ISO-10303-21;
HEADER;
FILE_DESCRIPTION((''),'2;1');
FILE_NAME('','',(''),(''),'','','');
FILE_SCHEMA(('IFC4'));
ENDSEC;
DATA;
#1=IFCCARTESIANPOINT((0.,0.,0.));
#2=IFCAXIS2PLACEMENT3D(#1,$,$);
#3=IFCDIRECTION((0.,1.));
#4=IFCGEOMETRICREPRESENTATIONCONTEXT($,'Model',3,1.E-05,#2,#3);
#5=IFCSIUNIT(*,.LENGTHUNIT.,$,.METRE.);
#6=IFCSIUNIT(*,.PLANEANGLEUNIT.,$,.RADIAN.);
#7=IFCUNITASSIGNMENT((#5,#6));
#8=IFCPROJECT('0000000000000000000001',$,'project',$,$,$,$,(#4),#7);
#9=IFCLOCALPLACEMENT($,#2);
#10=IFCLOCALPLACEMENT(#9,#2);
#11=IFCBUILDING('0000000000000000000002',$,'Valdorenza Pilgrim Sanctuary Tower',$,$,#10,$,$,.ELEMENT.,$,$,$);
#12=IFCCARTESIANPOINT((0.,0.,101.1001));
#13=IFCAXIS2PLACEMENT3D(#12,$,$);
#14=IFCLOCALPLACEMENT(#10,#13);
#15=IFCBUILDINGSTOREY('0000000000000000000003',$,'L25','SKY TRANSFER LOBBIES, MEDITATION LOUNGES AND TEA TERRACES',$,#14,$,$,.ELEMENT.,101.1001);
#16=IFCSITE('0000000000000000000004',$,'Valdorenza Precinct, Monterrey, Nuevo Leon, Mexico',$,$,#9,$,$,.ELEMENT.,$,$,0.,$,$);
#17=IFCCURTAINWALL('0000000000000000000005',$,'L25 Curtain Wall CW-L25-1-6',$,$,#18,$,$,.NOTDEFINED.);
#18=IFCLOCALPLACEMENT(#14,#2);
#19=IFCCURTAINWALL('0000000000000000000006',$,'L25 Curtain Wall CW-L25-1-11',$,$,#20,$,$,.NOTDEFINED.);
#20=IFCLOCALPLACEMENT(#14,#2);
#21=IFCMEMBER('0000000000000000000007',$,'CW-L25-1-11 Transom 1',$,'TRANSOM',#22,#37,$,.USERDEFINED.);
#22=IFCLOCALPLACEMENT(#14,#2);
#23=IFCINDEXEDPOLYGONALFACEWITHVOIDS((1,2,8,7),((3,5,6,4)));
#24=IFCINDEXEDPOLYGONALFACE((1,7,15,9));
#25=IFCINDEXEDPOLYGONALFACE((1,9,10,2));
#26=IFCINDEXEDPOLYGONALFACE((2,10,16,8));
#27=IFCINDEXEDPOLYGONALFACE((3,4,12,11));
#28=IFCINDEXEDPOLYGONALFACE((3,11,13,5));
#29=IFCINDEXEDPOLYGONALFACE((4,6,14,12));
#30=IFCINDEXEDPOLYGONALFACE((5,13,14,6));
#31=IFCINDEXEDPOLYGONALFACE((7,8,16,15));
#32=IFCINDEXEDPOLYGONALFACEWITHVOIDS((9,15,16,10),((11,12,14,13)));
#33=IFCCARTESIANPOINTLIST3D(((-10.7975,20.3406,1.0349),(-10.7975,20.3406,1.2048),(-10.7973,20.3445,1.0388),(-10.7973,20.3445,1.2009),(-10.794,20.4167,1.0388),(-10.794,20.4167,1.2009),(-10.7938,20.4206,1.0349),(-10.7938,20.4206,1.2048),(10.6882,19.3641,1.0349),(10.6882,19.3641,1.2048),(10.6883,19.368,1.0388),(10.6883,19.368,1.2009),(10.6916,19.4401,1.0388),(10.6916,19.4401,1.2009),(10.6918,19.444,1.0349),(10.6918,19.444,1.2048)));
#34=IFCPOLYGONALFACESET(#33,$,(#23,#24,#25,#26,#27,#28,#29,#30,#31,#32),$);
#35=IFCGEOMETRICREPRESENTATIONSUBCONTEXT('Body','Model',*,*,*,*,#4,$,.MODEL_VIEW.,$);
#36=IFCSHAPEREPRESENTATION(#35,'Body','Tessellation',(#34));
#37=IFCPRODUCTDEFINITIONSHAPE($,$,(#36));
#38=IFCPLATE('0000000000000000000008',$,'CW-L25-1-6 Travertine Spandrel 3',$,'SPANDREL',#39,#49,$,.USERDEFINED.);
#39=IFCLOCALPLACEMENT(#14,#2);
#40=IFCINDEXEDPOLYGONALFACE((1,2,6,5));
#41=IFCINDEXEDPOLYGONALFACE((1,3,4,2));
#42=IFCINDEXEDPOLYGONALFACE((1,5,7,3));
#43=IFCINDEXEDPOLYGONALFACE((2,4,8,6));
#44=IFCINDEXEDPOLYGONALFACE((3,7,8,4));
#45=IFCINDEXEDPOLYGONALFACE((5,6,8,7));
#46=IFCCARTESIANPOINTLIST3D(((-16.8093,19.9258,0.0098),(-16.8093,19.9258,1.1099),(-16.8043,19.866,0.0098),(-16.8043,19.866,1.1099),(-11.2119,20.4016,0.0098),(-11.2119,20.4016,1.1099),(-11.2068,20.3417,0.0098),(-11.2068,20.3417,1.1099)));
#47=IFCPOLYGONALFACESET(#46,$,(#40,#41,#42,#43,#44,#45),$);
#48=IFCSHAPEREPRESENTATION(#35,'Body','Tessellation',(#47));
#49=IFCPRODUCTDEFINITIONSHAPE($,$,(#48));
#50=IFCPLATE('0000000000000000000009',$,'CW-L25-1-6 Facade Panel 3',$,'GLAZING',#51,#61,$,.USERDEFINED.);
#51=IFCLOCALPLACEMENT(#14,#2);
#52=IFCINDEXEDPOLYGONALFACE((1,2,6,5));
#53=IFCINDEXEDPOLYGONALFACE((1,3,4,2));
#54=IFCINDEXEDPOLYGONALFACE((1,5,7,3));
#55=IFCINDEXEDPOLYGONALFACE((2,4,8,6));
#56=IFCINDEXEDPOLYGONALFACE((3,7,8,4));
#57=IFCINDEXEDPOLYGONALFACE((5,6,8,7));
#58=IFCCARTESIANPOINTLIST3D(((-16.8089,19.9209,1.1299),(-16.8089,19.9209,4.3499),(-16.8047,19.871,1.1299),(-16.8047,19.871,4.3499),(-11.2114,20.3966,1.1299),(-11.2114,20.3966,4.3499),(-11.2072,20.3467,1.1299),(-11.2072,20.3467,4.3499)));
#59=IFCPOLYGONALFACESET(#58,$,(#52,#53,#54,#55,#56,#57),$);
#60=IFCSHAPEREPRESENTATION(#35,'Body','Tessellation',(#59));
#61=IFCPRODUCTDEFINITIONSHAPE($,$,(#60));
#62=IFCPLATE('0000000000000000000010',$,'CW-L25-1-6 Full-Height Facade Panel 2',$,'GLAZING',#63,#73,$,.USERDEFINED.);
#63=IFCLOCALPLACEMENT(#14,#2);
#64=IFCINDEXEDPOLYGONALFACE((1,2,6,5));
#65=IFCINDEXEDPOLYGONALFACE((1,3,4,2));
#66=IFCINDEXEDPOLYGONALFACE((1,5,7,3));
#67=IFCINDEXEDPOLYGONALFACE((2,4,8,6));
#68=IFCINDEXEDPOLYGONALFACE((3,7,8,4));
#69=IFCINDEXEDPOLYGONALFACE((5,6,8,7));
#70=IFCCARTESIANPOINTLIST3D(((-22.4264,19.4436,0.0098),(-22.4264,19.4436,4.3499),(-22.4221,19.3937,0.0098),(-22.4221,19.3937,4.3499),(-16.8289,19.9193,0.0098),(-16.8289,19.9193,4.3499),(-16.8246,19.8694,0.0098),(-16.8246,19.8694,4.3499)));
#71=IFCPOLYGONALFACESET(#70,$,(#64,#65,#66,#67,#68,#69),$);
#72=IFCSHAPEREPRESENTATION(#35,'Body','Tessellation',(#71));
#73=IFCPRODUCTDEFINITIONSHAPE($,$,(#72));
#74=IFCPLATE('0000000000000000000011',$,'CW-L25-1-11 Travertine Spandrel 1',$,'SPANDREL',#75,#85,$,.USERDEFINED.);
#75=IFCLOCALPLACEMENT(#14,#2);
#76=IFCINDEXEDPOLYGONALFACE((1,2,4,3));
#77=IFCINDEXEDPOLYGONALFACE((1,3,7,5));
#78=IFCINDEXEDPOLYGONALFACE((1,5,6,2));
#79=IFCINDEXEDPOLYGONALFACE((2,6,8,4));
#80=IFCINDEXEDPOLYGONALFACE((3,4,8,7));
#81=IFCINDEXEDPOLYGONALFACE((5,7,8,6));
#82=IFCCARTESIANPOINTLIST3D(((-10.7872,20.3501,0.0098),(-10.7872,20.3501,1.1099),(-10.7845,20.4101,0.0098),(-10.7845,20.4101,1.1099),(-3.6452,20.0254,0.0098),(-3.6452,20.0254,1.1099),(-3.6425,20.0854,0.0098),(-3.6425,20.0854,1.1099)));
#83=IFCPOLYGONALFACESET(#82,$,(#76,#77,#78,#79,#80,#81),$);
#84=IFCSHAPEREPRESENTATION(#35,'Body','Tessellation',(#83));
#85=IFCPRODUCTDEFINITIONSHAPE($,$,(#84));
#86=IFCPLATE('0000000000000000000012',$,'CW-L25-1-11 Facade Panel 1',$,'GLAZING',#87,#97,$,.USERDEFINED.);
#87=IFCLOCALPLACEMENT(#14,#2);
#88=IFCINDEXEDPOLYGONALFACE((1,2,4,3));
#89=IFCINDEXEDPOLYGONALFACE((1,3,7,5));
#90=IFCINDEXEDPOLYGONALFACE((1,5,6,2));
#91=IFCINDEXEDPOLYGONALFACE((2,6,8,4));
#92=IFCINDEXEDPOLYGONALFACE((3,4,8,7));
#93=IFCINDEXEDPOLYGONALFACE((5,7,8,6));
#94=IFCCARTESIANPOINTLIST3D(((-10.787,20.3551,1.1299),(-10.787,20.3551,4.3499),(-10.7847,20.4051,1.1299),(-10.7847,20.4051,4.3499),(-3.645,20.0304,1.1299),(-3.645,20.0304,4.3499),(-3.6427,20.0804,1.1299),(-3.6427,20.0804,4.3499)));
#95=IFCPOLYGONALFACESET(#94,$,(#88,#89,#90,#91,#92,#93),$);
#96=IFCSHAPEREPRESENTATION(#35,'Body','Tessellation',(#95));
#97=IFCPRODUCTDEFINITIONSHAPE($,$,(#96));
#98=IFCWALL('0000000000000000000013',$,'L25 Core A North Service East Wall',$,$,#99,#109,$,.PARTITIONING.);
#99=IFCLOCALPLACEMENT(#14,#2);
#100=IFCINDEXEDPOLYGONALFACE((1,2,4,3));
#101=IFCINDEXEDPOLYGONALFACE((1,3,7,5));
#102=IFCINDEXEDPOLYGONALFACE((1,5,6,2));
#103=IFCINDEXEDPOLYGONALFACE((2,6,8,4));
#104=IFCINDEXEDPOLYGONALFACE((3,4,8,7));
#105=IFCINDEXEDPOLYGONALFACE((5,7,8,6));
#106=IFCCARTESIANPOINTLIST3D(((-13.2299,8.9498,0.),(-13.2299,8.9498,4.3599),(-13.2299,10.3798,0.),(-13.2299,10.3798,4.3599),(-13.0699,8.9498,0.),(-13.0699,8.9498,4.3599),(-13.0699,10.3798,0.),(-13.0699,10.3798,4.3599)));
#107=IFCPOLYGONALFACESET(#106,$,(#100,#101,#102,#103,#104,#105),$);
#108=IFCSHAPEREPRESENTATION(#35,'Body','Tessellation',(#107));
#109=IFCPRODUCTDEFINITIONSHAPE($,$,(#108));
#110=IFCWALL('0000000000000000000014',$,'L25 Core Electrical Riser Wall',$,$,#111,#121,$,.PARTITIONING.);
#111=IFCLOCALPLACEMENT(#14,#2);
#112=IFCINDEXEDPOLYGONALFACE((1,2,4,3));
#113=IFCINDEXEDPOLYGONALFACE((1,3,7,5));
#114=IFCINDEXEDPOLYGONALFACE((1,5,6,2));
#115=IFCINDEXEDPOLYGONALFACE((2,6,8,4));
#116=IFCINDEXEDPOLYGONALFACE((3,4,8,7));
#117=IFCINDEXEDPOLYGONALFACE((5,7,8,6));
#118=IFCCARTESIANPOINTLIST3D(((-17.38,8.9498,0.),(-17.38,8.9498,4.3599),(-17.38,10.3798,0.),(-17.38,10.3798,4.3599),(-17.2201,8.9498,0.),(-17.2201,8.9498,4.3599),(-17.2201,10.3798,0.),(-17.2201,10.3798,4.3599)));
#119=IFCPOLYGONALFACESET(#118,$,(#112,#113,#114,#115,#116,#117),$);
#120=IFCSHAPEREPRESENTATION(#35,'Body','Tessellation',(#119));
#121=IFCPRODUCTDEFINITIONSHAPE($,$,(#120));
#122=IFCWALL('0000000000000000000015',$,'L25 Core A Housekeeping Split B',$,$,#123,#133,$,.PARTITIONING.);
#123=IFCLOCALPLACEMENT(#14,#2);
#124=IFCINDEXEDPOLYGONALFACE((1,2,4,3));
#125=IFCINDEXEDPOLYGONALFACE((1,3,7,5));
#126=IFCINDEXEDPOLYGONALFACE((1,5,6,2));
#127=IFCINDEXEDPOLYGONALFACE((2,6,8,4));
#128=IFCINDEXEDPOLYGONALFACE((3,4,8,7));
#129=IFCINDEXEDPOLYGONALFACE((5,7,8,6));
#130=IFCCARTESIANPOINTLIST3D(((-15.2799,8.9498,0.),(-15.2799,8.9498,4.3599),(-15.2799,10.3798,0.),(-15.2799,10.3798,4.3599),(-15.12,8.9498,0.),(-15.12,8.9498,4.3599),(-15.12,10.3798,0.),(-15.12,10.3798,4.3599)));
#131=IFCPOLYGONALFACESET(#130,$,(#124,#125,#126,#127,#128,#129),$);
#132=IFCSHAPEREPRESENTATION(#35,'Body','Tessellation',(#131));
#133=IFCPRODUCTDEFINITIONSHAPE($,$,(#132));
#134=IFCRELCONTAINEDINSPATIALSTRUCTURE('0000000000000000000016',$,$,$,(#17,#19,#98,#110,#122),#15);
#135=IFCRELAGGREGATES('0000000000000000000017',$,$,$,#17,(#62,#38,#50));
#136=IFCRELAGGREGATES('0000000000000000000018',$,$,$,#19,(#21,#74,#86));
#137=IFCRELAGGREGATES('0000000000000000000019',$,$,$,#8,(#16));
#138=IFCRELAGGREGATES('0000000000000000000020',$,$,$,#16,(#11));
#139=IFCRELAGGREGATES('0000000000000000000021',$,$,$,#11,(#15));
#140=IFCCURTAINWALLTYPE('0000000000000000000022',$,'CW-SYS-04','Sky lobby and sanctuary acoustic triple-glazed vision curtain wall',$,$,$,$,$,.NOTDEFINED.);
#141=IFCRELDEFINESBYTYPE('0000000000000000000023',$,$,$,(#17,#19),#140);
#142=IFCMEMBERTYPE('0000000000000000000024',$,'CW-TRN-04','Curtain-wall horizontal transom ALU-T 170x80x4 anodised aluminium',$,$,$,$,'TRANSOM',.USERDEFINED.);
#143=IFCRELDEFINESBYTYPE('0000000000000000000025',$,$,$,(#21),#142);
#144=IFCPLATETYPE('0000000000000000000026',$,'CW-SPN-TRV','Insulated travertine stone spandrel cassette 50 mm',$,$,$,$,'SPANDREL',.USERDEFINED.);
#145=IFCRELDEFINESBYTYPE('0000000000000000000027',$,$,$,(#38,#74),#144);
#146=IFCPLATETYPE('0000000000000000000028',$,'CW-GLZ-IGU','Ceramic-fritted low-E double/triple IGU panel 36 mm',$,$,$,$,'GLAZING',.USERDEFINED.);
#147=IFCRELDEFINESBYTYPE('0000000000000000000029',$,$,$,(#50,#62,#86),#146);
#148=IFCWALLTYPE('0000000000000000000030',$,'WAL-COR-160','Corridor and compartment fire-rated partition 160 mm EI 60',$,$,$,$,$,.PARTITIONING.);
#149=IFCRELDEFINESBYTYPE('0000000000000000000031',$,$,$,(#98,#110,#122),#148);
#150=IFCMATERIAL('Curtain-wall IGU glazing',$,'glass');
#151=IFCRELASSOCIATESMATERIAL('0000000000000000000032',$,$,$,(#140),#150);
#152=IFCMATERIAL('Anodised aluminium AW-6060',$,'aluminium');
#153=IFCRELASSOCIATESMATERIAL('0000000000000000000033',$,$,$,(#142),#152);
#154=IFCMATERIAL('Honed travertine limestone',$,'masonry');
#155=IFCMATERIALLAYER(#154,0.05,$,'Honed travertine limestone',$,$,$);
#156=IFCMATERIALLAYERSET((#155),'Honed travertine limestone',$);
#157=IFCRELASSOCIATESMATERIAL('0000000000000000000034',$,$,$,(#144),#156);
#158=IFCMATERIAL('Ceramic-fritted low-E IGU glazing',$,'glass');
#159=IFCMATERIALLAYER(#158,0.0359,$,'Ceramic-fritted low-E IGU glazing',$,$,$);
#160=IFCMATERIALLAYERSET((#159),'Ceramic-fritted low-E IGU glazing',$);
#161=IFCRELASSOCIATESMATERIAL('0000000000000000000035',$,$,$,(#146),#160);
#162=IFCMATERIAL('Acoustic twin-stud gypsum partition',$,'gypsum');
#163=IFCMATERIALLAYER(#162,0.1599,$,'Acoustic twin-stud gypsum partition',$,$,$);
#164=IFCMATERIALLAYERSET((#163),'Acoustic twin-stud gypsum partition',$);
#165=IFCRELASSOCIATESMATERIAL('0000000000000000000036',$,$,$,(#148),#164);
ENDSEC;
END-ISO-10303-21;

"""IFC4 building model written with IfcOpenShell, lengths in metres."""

from ifc_helpers import new_model, si_unit, direction, frame, frame_2d, origin, origin_2d, place, context, subcontext, project, spatial, rectangle, hollow_rectangle, extrude, source, transform, mapped, material, layer, layer_set, material_profile, profile_set, type_object, element, aggregate, save


model = new_model("IFC4")

# Units and contexts
model_context = context("Model", 3, precision=1e-05, world=origin(), true_north=direction((0.0, 1.0)))
body_context = subcontext(model_context, "Body", "Model", "MODEL_VIEW")
ifc_project = project(units=[si_unit("LENGTHUNIT", "METRE"), si_unit("PLANEANGLEUNIT", "RADIAN")], contexts=[model_context])

# Site, building, storey
site_placement = place(None, origin())
site = spatial("IfcSite", under=ifc_project, at=site_placement, Name="Valdorenza Precinct, Monterrey, Nuevo Leon, Mexico", CompositionType="ELEMENT", RefElevation=0.0)
building_placement = place(site_placement, origin())
building = spatial("IfcBuilding", under=site, at=building_placement, Name="Valdorenza Pilgrim Sanctuary Tower", CompositionType="ELEMENT")
storey_placement = place(building_placement, frame((0.0, 0.0, 101.1001)))
storey = spatial("IfcBuildingStorey", under=building, at=storey_placement, Name="L25", Description="SKY TRANSFER LOBBIES, MEDITATION LOUNGES AND TEA TERRACES", CompositionType="ELEMENT", Elevation=101.1001)

# Curtain wall
ifc_material_1 = material(Name="Curtain-wall IGU glazing", Category="glass")
curtain_wall_type = type_object("IfcCurtainWallType", Name="CW-SYS-04", Description="Sky lobby and sanctuary acoustic triple-glazed vision curtain wall", PredefinedType="NOTDEFINED", material=ifc_material_1)
curtain_wall_1_placement = place(storey_placement, origin())
curtain_wall_1 = element("IfcCurtainWall", 1, at=curtain_wall_1_placement, inside=storey, type_object=curtain_wall_type, Name="L25 Curtain Wall CW-L25-1-6", PredefinedType="NOTDEFINED")
ifc_material_2 = material(Name="Anodised aluminium AW-6060", Category="aluminium")

# Curtain wall
curtain_wall_2_placement = place(storey_placement, origin())
curtain_wall_2 = element("IfcCurtainWall", 2, at=curtain_wall_2_placement, inside=storey, type_object=curtain_wall_type, Name="L25 Curtain Wall CW-L25-1-11", PredefinedType="NOTDEFINED")

# Member
ifc_material_profile_1 = material_profile(ifc_material_2, hollow_rectangle(XDim=0.0801, YDim=0.1699, WallThickness=0.0039, at=origin_2d()), Name="ALU-T 170x80x4")
ifc_profile_set_1 = profile_set([ifc_material_profile_1], Name="Anodised aluminium AW-6060")
member_type_1 = type_object("IfcMemberType", Name="CW-TRN-04", Description="Curtain-wall horizontal transom ALU-T 170x80x4 anodised aluminium", ElementType="TRANSOM", PredefinedType="USERDEFINED", material=ifc_profile_set_1)
shared_shape_1 = source(origin(), body_context, "Body", "SweptSolid", [
    extrude(hollow_rectangle(XDim=0.0801, YDim=0.1699, WallThickness=0.0039, at=origin_2d()), origin(), (0.0, 0.0, 1.0), 21.5078),
])
member_1_placement = place(storey_placement, frame((-10.7957, 20.3806, 1.1199), z_axis=(0.998969, -0.045405, 0.0), x_axis=(0.045405, 0.998969, 0.0)))
member_1 = element("IfcMember", 3, at=member_1_placement, type_object=member_type_1, Name="CW-L25-1-11 Transom 1", ObjectType="TRANSOM", PredefinedType="USERDEFINED", context=body_context, shape_type="MappedRepresentation", body=[
    mapped(shared_shape_1, transform((0.0, 0.0, 0.0), x_axis=(1.0, 0.0, 0.0), y_axis=(0.0, 1.0, 0.0), z_axis=(0.0, 0.0, 1.0), scale=1.0)),
])

# Plates
ifc_material_3 = material(Name="Honed travertine limestone", Category="masonry")
ifc_layer_1 = layer(ifc_material_3, 0.05, Name="Honed travertine limestone")
ifc_layer_set_1 = layer_set([ifc_layer_1], Name="Honed travertine limestone")
plate_type_1 = type_object("IfcPlateType", Name="CW-SPN-TRV", Description="Insulated travertine stone spandrel cassette 50 mm", ElementType="SPANDREL", PredefinedType="USERDEFINED", material=ifc_layer_set_1)
shared_shape_2 = source(origin(), body_context, "Body", "SweptSolid", [
    extrude(rectangle(XDim=5.6177, YDim=0.0601, at=origin_2d()), origin(), (0.0, 0.0, 1.0), 1.1001),
])
plate_1_placement = place(storey_placement, frame((-14.0081, 20.1338, 0.0098), z_axis=(0.0, 0.0, 1.0), x_axis=(0.996408, 0.084687, 0.0)))
plate_1 = element("IfcPlate", 4, at=plate_1_placement, type_object=plate_type_1, Name="CW-L25-1-6 Travertine Spandrel 3", ObjectType="SPANDREL", PredefinedType="USERDEFINED", context=body_context, shape_type="MappedRepresentation", body=[
    mapped(shared_shape_2, transform((0.0, 0.0, 0.0), x_axis=(1.0, 0.0, 0.0), y_axis=(0.0, 1.0, 0.0), z_axis=(0.0, 0.0, 1.0), scale=1.0)),
])
ifc_material_4 = material(Name="Ceramic-fritted low-E IGU glazing", Category="glass")
ifc_layer_2 = layer(ifc_material_4, 0.0359, Name="Ceramic-fritted low-E IGU glazing")
ifc_layer_set_2 = layer_set([ifc_layer_2], Name="Ceramic-fritted low-E IGU glazing")
plate_type_2 = type_object("IfcPlateType", Name="CW-GLZ-IGU", Description="Ceramic-fritted low-E double/triple IGU panel 36 mm", ElementType="GLAZING", PredefinedType="USERDEFINED", material=ifc_layer_set_2)
shared_shape_3 = source(origin(), body_context, "Body", "SweptSolid", [
    extrude(rectangle(XDim=5.6177, YDim=0.05, at=origin_2d()), origin(), (0.0, 0.0, 1.0), 3.22),
])
plate_2_placement = place(storey_placement, frame((-14.0081, 20.1338, 1.1299), z_axis=(0.0, 0.0, 1.0), x_axis=(0.996408, 0.084687, 0.0)))
plate_2 = element("IfcPlate", 5, at=plate_2_placement, type_object=plate_type_2, Name="CW-L25-1-6 Facade Panel 3", ObjectType="GLAZING", PredefinedType="USERDEFINED", context=body_context, shape_type="MappedRepresentation", body=[
    mapped(shared_shape_3, transform((0.0, 0.0, 0.0), x_axis=(1.0, 0.0, 0.0), y_axis=(0.0, 1.0, 0.0), z_axis=(0.0, 0.0, 1.0), scale=1.0)),
])
shared_shape_4 = source(origin(), body_context, "Body", "SweptSolid", [
    extrude(rectangle(XDim=5.6177, YDim=0.05, at=origin_2d()), origin(), (0.0, 0.0, 1.0), 4.3401),
])
plate_3_placement = place(storey_placement, frame((-19.6255, 19.6565, 0.0098), z_axis=(0.0, 0.0, 1.0), x_axis=(0.996408, 0.084687, 0.0)))
plate_3 = element("IfcPlate", 6, at=plate_3_placement, type_object=plate_type_2, Name="CW-L25-1-6 Full-Height Facade Panel 2", ObjectType="GLAZING", PredefinedType="USERDEFINED", context=body_context, shape_type="MappedRepresentation", body=[
    mapped(shared_shape_4, transform((0.0, 0.0, 0.0), x_axis=(1.0, 0.0, 0.0), y_axis=(0.0, 1.0, 0.0), z_axis=(0.0, 0.0, 1.0), scale=1.0)),
])
aggregate(curtain_wall_1, [plate_3, plate_1, plate_2])
shared_shape_5 = source(origin(), body_context, "Body", "SweptSolid", [
    extrude(rectangle(XDim=7.1494, YDim=0.0601, at=origin_2d()), origin(), (0.0, 0.0, 1.0), 1.1001),
])
plate_4_placement = place(storey_placement, frame((-7.2148, 20.2178, 0.0098), z_axis=(0.0, 0.0, 1.0), x_axis=(0.998968, -0.045415, 0.0)))
plate_4 = element("IfcPlate", 7, at=plate_4_placement, type_object=plate_type_1, Name="CW-L25-1-11 Travertine Spandrel 1", ObjectType="SPANDREL", PredefinedType="USERDEFINED", context=body_context, shape_type="MappedRepresentation", body=[
    mapped(shared_shape_5, transform((0.0, 0.0, 0.0), x_axis=(1.0, 0.0, 0.0), y_axis=(0.0, 1.0, 0.0), z_axis=(0.0, 0.0, 1.0), scale=1.0)),
])
shared_shape_6 = source(origin(), body_context, "Body", "SweptSolid", [
    extrude(rectangle(XDim=7.1494, YDim=0.05, at=origin_2d()), origin(), (0.0, 0.0, 1.0), 3.22),
])
plate_5_placement = place(storey_placement, frame((-7.2148, 20.2178, 1.1299), z_axis=(0.0, 0.0, 1.0), x_axis=(0.998968, -0.045415, 0.0)))
plate_5 = element("IfcPlate", 8, at=plate_5_placement, type_object=plate_type_2, Name="CW-L25-1-11 Facade Panel 1", ObjectType="GLAZING", PredefinedType="USERDEFINED", context=body_context, shape_type="MappedRepresentation", body=[
    mapped(shared_shape_6, transform((0.0, 0.0, 0.0), x_axis=(1.0, 0.0, 0.0), y_axis=(0.0, 1.0, 0.0), z_axis=(0.0, 0.0, 1.0), scale=1.0)),
])
aggregate(curtain_wall_2, [member_1, plate_4, plate_5])

# Walls
ifc_material_5 = material(Name="Acoustic twin-stud gypsum partition", Category="gypsum")
ifc_layer_3 = layer(ifc_material_5, 0.1599, Name="Acoustic twin-stud gypsum partition")
ifc_layer_set_3 = layer_set([ifc_layer_3], Name="Acoustic twin-stud gypsum partition")
wall_type_1 = type_object("IfcWallType", Name="WAL-COR-160", Description="Corridor and compartment fire-rated partition 160 mm EI 60", PredefinedType="PARTITIONING", material=ifc_layer_set_3)
for number, where, z_axis, x_axis, name in (
    (9, (-13.1499, 8.95, 0.0), (0.0, 0.0, 1.0), (0.0, 1.0, 0.0), "L25 Core A North Service East Wall"),
    (10, (-17.3, 8.95, 0.0), (0.0, 0.0, 1.0), (0.0, 1.0, 0.0), "L25 Core Electrical Riser Wall"),
    (11, (-15.2, 8.95, 0.0), (0.0, 0.0, 1.0), (0.0, 1.0, 0.0), "L25 Core A Housekeeping Split B"),
):
    element("IfcWall", number, at=place(storey_placement, frame(where, z_axis=z_axis, x_axis=x_axis)), inside=storey, type_object=wall_type_1, Name=name, PredefinedType="PARTITIONING", context=body_context, shape_type="SweptSolid", body=[
        extrude(rectangle(XDim=1.4299, YDim=0.1599, at=frame_2d((0.7148, 0.0))), origin(), (0.0, 0.0, 1.0), 4.3599),
    ])

save(model, "model.ifc")
